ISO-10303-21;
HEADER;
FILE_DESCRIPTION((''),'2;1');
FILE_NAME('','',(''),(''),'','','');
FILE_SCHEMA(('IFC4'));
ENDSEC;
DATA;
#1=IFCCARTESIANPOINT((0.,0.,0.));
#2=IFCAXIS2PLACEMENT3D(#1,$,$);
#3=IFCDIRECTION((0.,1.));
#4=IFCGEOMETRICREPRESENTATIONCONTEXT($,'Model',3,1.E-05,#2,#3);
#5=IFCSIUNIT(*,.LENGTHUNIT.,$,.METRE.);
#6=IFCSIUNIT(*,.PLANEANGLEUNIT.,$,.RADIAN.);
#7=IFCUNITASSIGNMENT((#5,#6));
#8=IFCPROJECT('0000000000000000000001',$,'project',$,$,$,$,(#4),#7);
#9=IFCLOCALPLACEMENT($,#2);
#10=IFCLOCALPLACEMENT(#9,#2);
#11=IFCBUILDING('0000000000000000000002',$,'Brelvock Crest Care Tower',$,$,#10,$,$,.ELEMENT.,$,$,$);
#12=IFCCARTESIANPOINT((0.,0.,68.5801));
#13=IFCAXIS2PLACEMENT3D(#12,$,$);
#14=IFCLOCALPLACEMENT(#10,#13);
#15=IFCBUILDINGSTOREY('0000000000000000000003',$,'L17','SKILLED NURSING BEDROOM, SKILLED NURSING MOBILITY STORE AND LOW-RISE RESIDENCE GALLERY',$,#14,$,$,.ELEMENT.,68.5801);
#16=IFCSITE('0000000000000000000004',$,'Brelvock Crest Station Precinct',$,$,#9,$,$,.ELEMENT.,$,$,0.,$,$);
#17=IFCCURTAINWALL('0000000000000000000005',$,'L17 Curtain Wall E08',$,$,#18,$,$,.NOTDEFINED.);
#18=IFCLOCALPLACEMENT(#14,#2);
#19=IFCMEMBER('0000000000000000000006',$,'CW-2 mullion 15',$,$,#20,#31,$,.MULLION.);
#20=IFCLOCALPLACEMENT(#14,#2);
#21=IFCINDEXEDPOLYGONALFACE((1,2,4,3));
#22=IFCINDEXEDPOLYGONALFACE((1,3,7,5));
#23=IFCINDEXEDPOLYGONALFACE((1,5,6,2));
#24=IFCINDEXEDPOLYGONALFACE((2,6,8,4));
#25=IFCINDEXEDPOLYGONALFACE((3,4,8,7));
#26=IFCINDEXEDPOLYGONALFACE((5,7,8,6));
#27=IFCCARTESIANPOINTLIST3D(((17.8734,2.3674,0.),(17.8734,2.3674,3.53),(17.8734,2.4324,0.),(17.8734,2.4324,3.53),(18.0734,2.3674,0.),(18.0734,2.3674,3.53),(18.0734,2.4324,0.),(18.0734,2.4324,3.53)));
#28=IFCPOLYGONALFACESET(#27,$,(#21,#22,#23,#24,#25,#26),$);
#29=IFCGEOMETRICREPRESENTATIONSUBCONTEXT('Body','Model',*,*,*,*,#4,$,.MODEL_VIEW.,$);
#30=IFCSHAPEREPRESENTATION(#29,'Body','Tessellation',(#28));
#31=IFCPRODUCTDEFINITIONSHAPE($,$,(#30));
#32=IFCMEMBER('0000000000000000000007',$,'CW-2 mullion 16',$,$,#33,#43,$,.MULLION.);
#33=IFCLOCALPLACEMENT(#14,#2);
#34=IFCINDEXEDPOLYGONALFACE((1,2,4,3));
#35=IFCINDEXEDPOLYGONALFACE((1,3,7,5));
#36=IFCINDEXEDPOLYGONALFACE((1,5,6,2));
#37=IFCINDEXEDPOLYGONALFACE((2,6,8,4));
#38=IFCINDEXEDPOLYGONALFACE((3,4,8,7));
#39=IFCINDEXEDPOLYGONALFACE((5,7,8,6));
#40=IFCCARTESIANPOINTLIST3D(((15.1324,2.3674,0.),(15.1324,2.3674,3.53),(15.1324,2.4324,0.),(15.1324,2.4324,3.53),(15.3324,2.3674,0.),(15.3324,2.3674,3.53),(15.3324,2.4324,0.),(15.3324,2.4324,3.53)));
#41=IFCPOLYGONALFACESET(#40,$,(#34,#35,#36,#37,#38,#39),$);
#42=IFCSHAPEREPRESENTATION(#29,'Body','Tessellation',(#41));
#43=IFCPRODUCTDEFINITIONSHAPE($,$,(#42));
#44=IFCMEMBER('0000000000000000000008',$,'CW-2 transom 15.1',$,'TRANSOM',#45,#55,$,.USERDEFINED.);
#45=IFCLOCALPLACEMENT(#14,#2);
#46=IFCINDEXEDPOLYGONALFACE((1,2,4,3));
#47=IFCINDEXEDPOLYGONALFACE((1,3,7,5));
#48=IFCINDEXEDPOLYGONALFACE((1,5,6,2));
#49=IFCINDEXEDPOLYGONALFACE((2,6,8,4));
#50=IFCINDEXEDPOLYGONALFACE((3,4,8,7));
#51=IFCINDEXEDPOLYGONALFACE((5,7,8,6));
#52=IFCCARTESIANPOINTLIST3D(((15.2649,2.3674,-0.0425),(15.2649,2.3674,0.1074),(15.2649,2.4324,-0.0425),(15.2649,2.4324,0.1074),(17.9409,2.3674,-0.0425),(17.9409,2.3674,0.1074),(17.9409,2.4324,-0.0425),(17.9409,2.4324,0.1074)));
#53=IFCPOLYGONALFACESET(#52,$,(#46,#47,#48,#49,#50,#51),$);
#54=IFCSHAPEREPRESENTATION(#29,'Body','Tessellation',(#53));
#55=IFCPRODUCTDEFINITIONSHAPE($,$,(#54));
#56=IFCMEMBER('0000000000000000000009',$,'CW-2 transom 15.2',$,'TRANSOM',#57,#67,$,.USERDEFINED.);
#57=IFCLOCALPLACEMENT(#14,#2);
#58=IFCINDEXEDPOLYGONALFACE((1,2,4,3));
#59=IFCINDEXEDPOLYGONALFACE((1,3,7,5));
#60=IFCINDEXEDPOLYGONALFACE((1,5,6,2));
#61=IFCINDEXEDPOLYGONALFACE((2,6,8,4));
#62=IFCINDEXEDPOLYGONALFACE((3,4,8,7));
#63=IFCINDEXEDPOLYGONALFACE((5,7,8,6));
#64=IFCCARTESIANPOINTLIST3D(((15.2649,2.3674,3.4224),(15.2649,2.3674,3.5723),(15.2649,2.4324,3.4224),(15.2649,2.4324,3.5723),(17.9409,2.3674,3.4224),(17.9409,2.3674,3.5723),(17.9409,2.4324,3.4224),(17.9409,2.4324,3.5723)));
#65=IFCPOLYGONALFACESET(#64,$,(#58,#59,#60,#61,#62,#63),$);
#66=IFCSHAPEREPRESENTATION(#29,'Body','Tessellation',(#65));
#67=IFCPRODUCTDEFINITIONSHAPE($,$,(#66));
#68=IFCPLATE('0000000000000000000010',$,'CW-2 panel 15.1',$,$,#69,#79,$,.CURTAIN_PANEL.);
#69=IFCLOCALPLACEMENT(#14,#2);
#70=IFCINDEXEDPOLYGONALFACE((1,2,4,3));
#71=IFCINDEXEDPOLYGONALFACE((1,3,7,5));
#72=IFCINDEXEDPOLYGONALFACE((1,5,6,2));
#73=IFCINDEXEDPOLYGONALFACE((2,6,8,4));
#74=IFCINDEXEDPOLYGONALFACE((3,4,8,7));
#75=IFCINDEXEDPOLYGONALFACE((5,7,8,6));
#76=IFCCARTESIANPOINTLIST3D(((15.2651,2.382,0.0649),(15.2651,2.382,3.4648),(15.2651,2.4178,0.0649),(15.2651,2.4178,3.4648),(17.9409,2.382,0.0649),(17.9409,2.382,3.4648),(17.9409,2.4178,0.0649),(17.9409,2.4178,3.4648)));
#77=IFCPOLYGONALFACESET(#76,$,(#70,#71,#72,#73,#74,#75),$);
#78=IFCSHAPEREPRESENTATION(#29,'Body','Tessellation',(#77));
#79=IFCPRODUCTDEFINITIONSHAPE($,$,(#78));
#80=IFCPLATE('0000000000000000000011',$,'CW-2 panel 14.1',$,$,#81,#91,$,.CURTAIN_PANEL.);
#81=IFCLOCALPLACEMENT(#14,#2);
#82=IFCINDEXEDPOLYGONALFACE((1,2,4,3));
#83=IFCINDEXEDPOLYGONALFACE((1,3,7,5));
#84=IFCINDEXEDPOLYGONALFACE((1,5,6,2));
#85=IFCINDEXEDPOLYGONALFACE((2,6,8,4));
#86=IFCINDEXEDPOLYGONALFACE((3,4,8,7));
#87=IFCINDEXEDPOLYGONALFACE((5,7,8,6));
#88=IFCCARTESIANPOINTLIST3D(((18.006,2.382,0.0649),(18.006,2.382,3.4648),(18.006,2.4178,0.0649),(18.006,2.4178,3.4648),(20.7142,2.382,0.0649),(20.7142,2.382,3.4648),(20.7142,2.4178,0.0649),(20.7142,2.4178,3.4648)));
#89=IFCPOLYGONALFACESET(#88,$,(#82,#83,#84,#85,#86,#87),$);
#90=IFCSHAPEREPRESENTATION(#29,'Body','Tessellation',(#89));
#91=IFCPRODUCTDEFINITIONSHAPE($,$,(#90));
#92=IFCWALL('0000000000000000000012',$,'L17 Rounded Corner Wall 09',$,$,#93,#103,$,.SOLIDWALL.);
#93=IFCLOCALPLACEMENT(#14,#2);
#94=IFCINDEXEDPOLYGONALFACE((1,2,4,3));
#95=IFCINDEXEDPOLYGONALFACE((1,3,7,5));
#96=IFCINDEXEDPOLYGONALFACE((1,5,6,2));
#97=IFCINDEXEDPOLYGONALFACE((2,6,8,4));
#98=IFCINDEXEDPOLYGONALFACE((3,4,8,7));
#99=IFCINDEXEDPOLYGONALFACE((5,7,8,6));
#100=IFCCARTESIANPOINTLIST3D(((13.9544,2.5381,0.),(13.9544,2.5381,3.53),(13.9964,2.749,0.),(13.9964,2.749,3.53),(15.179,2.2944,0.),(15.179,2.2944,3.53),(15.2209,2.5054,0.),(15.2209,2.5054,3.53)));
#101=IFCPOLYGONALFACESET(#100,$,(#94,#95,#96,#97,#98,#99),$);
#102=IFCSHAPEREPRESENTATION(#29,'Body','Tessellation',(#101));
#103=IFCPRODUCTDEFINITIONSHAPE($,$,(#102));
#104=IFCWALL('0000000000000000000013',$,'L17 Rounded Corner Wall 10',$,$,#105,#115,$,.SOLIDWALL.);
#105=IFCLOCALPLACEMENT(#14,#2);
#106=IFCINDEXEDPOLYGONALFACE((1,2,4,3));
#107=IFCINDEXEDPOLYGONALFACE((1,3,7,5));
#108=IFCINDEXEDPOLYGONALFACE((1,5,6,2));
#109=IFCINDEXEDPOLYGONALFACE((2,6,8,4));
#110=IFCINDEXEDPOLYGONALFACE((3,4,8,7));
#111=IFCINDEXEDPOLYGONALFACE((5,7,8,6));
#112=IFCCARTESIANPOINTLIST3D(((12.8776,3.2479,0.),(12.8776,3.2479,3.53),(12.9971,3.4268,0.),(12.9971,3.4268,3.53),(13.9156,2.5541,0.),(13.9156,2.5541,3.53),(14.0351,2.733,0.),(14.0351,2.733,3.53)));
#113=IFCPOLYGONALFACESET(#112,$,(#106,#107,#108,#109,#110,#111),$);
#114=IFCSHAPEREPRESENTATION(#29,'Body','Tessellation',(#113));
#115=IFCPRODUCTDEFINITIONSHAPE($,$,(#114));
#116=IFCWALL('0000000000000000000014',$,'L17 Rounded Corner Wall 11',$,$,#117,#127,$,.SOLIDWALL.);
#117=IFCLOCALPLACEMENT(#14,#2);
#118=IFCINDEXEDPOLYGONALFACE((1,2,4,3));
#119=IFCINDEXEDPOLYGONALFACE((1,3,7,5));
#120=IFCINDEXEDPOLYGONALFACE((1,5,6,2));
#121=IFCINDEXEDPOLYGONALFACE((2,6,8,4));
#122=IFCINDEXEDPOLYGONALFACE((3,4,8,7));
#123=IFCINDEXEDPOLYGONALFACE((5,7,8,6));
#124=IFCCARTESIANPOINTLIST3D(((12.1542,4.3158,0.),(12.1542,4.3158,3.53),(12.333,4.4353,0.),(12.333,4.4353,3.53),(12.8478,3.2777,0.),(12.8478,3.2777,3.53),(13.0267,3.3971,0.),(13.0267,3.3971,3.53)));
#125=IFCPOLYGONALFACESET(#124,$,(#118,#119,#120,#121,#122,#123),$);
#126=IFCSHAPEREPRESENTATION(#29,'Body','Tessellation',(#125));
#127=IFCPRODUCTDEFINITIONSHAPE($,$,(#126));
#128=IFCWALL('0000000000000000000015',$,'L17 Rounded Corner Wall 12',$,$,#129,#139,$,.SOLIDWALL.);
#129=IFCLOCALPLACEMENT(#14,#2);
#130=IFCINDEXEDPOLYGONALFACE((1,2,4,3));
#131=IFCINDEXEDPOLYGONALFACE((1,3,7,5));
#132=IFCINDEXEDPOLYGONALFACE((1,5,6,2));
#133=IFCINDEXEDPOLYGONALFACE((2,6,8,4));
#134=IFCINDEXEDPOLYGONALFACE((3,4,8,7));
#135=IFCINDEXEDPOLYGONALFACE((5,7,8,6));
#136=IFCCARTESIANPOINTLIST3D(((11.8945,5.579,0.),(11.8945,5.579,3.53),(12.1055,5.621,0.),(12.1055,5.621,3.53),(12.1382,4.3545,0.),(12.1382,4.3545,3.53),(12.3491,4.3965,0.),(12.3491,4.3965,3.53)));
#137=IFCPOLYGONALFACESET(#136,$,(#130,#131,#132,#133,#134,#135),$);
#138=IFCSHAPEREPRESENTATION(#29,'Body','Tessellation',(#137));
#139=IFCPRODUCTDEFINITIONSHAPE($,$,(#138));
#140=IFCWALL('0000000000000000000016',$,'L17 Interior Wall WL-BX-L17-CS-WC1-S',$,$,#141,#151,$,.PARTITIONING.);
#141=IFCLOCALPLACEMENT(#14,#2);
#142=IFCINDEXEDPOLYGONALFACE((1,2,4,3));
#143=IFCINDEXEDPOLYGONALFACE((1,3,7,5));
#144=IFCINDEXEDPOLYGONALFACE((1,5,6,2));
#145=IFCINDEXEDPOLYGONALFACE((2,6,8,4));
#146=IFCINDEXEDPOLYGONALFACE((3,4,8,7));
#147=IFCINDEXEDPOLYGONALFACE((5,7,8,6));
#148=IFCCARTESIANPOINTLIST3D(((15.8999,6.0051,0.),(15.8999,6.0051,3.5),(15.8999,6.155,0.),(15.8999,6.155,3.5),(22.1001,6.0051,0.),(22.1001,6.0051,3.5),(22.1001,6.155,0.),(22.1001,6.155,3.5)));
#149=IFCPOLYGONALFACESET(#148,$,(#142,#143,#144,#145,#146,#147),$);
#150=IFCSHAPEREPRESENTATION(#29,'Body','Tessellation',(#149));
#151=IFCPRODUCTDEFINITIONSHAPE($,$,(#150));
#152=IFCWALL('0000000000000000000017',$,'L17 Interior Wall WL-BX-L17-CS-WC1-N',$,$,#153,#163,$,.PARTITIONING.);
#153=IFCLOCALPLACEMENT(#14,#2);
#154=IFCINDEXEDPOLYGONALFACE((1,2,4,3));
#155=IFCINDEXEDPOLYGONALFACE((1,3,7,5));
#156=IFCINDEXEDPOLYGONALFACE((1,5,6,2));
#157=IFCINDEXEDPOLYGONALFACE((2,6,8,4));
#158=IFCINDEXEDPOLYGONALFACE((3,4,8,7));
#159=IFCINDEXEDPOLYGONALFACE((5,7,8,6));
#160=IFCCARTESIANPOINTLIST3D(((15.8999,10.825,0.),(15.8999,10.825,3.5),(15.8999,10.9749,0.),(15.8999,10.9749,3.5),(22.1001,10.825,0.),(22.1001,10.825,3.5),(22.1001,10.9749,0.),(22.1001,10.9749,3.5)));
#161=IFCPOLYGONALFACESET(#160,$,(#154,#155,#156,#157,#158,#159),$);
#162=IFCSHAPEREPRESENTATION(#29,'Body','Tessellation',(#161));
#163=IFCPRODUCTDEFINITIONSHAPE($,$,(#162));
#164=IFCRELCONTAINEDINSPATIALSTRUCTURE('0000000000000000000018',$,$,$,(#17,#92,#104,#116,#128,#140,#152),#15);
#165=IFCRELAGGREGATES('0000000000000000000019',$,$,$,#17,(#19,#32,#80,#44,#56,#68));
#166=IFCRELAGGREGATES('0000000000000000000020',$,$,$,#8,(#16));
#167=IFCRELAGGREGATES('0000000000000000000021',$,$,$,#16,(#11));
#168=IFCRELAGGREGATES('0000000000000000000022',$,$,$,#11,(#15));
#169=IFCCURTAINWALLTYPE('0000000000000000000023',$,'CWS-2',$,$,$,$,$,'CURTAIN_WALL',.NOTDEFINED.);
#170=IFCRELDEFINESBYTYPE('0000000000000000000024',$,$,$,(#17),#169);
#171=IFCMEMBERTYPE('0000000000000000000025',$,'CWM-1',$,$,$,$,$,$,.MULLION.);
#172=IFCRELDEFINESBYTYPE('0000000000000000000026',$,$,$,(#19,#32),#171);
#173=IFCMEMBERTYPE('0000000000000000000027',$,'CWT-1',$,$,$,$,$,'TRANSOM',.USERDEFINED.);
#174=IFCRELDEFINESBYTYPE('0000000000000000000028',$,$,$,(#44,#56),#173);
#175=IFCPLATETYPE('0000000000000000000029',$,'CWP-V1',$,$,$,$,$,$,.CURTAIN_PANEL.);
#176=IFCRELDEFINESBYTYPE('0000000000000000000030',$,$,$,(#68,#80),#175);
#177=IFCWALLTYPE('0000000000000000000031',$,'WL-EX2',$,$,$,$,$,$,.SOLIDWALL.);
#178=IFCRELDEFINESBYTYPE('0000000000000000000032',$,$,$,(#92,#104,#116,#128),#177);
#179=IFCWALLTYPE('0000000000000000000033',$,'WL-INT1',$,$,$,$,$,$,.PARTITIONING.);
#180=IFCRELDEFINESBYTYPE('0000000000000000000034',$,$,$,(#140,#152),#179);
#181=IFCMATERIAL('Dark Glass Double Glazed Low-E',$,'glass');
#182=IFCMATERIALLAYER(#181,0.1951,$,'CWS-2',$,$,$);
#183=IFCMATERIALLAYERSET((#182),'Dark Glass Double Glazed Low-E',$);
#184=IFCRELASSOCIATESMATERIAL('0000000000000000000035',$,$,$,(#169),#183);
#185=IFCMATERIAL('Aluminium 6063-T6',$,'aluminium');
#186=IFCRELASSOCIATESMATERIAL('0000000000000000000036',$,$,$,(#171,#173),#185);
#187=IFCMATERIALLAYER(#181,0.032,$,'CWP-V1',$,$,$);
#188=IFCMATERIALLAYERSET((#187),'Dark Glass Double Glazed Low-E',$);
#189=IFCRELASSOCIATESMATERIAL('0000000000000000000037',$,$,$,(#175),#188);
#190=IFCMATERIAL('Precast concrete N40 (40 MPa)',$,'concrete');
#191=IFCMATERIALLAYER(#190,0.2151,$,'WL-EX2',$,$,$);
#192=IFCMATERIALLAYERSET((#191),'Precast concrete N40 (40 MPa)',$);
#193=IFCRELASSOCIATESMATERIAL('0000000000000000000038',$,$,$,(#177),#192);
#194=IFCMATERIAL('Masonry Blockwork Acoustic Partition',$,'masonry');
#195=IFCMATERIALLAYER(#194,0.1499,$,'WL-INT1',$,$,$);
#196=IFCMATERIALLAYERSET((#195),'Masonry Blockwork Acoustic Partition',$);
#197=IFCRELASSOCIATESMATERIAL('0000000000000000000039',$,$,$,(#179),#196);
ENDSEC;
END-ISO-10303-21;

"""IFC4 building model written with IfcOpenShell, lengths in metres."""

from ifc_helpers import new_model, si_unit, direction, frame, frame_2d, origin, origin_2d, place, context, subcontext, project, spatial, rectangle, extrude, source, transform, mapped, material, layer, layer_set, material_profile, profile_set, type_object, element, aggregate, save


model = new_model("IFC4")

# Units and contexts
model_context = context("Model", 3, precision=1e-05, world=origin(), true_north=direction((0.0, 1.0)))
body_context = subcontext(model_context, "Body", "Model", "MODEL_VIEW")
ifc_project = project(units=[si_unit("LENGTHUNIT", "METRE"), si_unit("PLANEANGLEUNIT", "RADIAN")], contexts=[model_context])

# Site, building, storey
site_placement = place(None, origin())
site = spatial("IfcSite", under=ifc_project, at=site_placement, Name="Brelvock Crest Station Precinct", CompositionType="ELEMENT", RefElevation=0.0)
building_placement = place(site_placement, origin())
building = spatial("IfcBuilding", under=site, at=building_placement, Name="Brelvock Crest Care Tower", CompositionType="ELEMENT")
storey_placement = place(building_placement, frame((0.0, 0.0, 68.5801)))
storey = spatial("IfcBuildingStorey", under=building, at=storey_placement, Name="L17", Description="SKILLED NURSING BEDROOM, SKILLED NURSING MOBILITY STORE AND LOW-RISE RESIDENCE GALLERY", CompositionType="ELEMENT", Elevation=68.5801)

# Curtain wall, members, plates
ifc_material_1 = material(Name="Dark Glass Double Glazed Low-E", Category="glass")
ifc_layer_1 = layer(ifc_material_1, 0.1951, Name="CWS-2")
ifc_layer_set_1 = layer_set([ifc_layer_1], Name="Dark Glass Double Glazed Low-E")
curtain_wall_type = type_object("IfcCurtainWallType", Name="CWS-2", ElementType="CURTAIN_WALL", PredefinedType="NOTDEFINED", material=ifc_layer_set_1)
curtain_wall_placement = place(storey_placement, origin())
curtain_wall = element("IfcCurtainWall", 1, at=curtain_wall_placement, inside=storey, type_object=curtain_wall_type, Name="L17 Curtain Wall E08", PredefinedType="NOTDEFINED")
ifc_material_2 = material(Name="Aluminium 6063-T6", Category="aluminium")
ifc_material_profile_1 = material_profile(ifc_material_2, rectangle(XDim=0.0649, YDim=0.2, at=origin_2d()), Name="ALU65x200")
ifc_profile_set_1 = profile_set([ifc_material_profile_1], Name="Aluminium 6063-T6")
member_type_1 = type_object("IfcMemberType", Name="CWM-1", PredefinedType="MULLION", material=ifc_profile_set_1)
shared_shape_1 = source(origin(), body_context, "Body", "SweptSolid", [
    extrude(rectangle(XDim=0.0649, YDim=0.2, at=origin_2d()), origin(), (0.0, 0.0, 1.0), 3.53),
])
member_1_placement = place(storey_placement, frame((17.9734, 2.3999, 0.0), z_axis=(0.0, 0.0, 1.0), x_axis=(0.0, -1.0, 0.0)))
member_1 = element("IfcMember", 2, at=member_1_placement, type_object=member_type_1, Name="CW-2 mullion 15", PredefinedType="MULLION", context=body_context, shape_type="MappedRepresentation", body=[
    mapped(shared_shape_1, transform((0.0, 0.0, 0.0), x_axis=(1.0, 0.0, 0.0), y_axis=(0.0, 1.0, 0.0), z_axis=(0.0, 0.0, 1.0), scale=1.0)),
])
member_2_placement = place(storey_placement, frame((15.2324, 2.3999, 0.0), z_axis=(0.0, 0.0, 1.0), x_axis=(0.0, -1.0, 0.0)))
member_2 = element("IfcMember", 3, at=member_2_placement, type_object=member_type_1, Name="CW-2 mullion 16", PredefinedType="MULLION", context=body_context, shape_type="MappedRepresentation", body=[
    mapped(shared_shape_1, transform((0.0, 0.0, 0.0), x_axis=(1.0, 0.0, 0.0), y_axis=(0.0, 1.0, 0.0), z_axis=(0.0, 0.0, 1.0), scale=1.0)),
])
ifc_material_profile_2 = material_profile(ifc_material_2, rectangle(XDim=0.0649, YDim=0.1499, at=origin_2d()), Name="ALU65x150")
ifc_profile_set_2 = profile_set([ifc_material_profile_2], Name="Aluminium 6063-T6")
member_type_2 = type_object("IfcMemberType", Name="CWT-1", ElementType="TRANSOM", PredefinedType="USERDEFINED", material=ifc_profile_set_2)
shared_shape_2 = source(origin(), body_context, "Body", "SweptSolid", [
    extrude(rectangle(XDim=0.0649, YDim=0.1499, at=origin_2d()), origin(), (0.0, 0.0, 1.0), 2.676),
])
member_3_placement = place(storey_placement, frame((17.9409, 2.3999, 0.0325), z_axis=(-1.0, 0.0, 0.0), x_axis=(0.0, -1.0, 0.0)))
member_3 = element("IfcMember", 4, at=member_3_placement, type_object=member_type_2, Name="CW-2 transom 15.1", ObjectType="TRANSOM", PredefinedType="USERDEFINED", context=body_context, shape_type="MappedRepresentation", body=[
    mapped(shared_shape_2, transform((0.0, 0.0, 0.0), x_axis=(1.0, 0.0, 0.0), y_axis=(0.0, 1.0, 0.0), z_axis=(0.0, 0.0, 1.0), scale=1.0)),
])
member_4_placement = place(storey_placement, frame((17.9409, 2.3999, 3.4973), z_axis=(-1.0, 0.0, 0.0), x_axis=(0.0, -1.0, 0.0)))
member_4 = element("IfcMember", 5, at=member_4_placement, type_object=member_type_2, Name="CW-2 transom 15.2", ObjectType="TRANSOM", PredefinedType="USERDEFINED", context=body_context, shape_type="MappedRepresentation", body=[
    mapped(shared_shape_2, transform((0.0, 0.0, 0.0), x_axis=(1.0, 0.0, 0.0), y_axis=(0.0, 1.0, 0.0), z_axis=(0.0, 0.0, 1.0), scale=1.0)),
])
ifc_layer_2 = layer(ifc_material_1, 0.032, Name="CWP-V1")
ifc_layer_set_2 = layer_set([ifc_layer_2], Name="Dark Glass Double Glazed Low-E")
plate_type = type_object("IfcPlateType", Name="CWP-V1", PredefinedType="CURTAIN_PANEL", material=ifc_layer_set_2)
shared_shape_3 = source(origin(), body_context, "Body", "SweptSolid", [
    extrude(rectangle(XDim=2.6758, YDim=0.0359, at=origin_2d()), origin(), (0.0, 0.0, 1.0), 3.3999),
])
plate_1_placement = place(storey_placement, frame((16.603, 2.3999, 0.0649), z_axis=(0.0, 0.0, 1.0), x_axis=(-1.0, 0.0, 0.0)))
plate_1 = element("IfcPlate", 6, at=plate_1_placement, type_object=plate_type, Name="CW-2 panel 15.1", PredefinedType="CURTAIN_PANEL", context=body_context, shape_type="MappedRepresentation", body=[
    mapped(shared_shape_3, transform((0.0, 0.0, 0.0), x_axis=(1.0, 0.0, 0.0), y_axis=(0.0, 1.0, 0.0), z_axis=(0.0, 0.0, 1.0), scale=1.0)),
])
shared_shape_4 = source(origin(), body_context, "Body", "SweptSolid", [
    extrude(rectangle(XDim=2.7083, YDim=0.0359, at=origin_2d()), origin(), (0.0, 0.0, 1.0), 3.3999),
])
plate_2_placement = place(storey_placement, frame((19.3601, 2.3999, 0.0649), z_axis=(0.0, 0.0, 1.0), x_axis=(-1.0, 0.0, 0.0)))
plate_2 = element("IfcPlate", 7, at=plate_2_placement, type_object=plate_type, Name="CW-2 panel 14.1", PredefinedType="CURTAIN_PANEL", context=body_context, shape_type="MappedRepresentation", body=[
    mapped(shared_shape_4, transform((0.0, 0.0, 0.0), x_axis=(1.0, 0.0, 0.0), y_axis=(0.0, 1.0, 0.0), z_axis=(0.0, 0.0, 1.0), scale=1.0)),
])
aggregate(curtain_wall, [member_1, member_2, plate_2, member_3, member_4, plate_1])

# Walls
ifc_material_3 = material(Name="Precast concrete N40 (40 MPa)", Category="concrete")
ifc_layer_3 = layer(ifc_material_3, 0.2151, Name="WL-EX2")
ifc_layer_set_3 = layer_set([ifc_layer_3], Name="Precast concrete N40 (40 MPa)")
wall_type_1 = type_object("IfcWallType", Name="WL-EX2", PredefinedType="SOLIDWALL", material=ifc_layer_set_3)
for number, where, z_axis, x_axis, name in (
    (8, (15.2, 2.3999, 0.0), (0.0, 0.0, 1.0), (-0.980776, 0.195138, 0.0), "L17 Rounded Corner Wall 09"),
    (9, (13.9753, 2.6436, 0.0), (0.0, 0.0, 1.0), (-0.831388, 0.555692, 0.0), "L17 Rounded Corner Wall 10"),
    (10, (12.9373, 3.3374, 0.0), (0.0, 0.0, 1.0), (-0.555557, 0.831478, 0.0), "L17 Rounded Corner Wall 11"),
    (11, (12.2437, 4.3755, 0.0), (0.0, 0.0, 1.0), (-0.195138, 0.980776, 0.0), "L17 Rounded Corner Wall 12"),
):
    element("IfcWall", number, at=place(storey_placement, frame(where, z_axis=z_axis, x_axis=x_axis)), inside=storey, type_object=wall_type_1, Name=name, PredefinedType="SOLIDWALL", context=body_context, shape_type="SweptSolid", body=[
        extrude(rectangle(XDim=1.2485, YDim=0.2151, at=frame_2d((0.6243, 0.0))), origin(), (0.0, 0.0, 1.0), 3.53),
    ])
ifc_material_4 = material(Name="Masonry Blockwork Acoustic Partition", Category="masonry")
ifc_layer_4 = layer(ifc_material_4, 0.1499, Name="WL-INT1")
ifc_layer_set_4 = layer_set([ifc_layer_4], Name="Masonry Blockwork Acoustic Partition")
wall_type_2 = type_object("IfcWallType", Name="WL-INT1", PredefinedType="PARTITIONING", material=ifc_layer_set_4)
for number, where, z_axis, x_axis, name in (
    (12, (15.8999, 6.0801, 0.0), (0.0, 0.0, 1.0), (1.0, 0.0, 0.0), "L17 Interior Wall WL-BX-L17-CS-WC1-S"),
    (13, (15.8999, 10.8999, 0.0), (0.0, 0.0, 1.0), (1.0, 0.0, 0.0), "L17 Interior Wall WL-BX-L17-CS-WC1-N"),
):
    element("IfcWall", number, at=place(storey_placement, frame(where, z_axis=z_axis, x_axis=x_axis)), inside=storey, type_object=wall_type_2, Name=name, PredefinedType="PARTITIONING", context=body_context, shape_type="SweptSolid", body=[
        extrude(rectangle(XDim=6.2002, YDim=0.1499, at=frame_2d((3.1001, 0.0))), origin(), (0.0, 0.0, 1.0), 3.5),
    ])

save(model, "model.ifc")
